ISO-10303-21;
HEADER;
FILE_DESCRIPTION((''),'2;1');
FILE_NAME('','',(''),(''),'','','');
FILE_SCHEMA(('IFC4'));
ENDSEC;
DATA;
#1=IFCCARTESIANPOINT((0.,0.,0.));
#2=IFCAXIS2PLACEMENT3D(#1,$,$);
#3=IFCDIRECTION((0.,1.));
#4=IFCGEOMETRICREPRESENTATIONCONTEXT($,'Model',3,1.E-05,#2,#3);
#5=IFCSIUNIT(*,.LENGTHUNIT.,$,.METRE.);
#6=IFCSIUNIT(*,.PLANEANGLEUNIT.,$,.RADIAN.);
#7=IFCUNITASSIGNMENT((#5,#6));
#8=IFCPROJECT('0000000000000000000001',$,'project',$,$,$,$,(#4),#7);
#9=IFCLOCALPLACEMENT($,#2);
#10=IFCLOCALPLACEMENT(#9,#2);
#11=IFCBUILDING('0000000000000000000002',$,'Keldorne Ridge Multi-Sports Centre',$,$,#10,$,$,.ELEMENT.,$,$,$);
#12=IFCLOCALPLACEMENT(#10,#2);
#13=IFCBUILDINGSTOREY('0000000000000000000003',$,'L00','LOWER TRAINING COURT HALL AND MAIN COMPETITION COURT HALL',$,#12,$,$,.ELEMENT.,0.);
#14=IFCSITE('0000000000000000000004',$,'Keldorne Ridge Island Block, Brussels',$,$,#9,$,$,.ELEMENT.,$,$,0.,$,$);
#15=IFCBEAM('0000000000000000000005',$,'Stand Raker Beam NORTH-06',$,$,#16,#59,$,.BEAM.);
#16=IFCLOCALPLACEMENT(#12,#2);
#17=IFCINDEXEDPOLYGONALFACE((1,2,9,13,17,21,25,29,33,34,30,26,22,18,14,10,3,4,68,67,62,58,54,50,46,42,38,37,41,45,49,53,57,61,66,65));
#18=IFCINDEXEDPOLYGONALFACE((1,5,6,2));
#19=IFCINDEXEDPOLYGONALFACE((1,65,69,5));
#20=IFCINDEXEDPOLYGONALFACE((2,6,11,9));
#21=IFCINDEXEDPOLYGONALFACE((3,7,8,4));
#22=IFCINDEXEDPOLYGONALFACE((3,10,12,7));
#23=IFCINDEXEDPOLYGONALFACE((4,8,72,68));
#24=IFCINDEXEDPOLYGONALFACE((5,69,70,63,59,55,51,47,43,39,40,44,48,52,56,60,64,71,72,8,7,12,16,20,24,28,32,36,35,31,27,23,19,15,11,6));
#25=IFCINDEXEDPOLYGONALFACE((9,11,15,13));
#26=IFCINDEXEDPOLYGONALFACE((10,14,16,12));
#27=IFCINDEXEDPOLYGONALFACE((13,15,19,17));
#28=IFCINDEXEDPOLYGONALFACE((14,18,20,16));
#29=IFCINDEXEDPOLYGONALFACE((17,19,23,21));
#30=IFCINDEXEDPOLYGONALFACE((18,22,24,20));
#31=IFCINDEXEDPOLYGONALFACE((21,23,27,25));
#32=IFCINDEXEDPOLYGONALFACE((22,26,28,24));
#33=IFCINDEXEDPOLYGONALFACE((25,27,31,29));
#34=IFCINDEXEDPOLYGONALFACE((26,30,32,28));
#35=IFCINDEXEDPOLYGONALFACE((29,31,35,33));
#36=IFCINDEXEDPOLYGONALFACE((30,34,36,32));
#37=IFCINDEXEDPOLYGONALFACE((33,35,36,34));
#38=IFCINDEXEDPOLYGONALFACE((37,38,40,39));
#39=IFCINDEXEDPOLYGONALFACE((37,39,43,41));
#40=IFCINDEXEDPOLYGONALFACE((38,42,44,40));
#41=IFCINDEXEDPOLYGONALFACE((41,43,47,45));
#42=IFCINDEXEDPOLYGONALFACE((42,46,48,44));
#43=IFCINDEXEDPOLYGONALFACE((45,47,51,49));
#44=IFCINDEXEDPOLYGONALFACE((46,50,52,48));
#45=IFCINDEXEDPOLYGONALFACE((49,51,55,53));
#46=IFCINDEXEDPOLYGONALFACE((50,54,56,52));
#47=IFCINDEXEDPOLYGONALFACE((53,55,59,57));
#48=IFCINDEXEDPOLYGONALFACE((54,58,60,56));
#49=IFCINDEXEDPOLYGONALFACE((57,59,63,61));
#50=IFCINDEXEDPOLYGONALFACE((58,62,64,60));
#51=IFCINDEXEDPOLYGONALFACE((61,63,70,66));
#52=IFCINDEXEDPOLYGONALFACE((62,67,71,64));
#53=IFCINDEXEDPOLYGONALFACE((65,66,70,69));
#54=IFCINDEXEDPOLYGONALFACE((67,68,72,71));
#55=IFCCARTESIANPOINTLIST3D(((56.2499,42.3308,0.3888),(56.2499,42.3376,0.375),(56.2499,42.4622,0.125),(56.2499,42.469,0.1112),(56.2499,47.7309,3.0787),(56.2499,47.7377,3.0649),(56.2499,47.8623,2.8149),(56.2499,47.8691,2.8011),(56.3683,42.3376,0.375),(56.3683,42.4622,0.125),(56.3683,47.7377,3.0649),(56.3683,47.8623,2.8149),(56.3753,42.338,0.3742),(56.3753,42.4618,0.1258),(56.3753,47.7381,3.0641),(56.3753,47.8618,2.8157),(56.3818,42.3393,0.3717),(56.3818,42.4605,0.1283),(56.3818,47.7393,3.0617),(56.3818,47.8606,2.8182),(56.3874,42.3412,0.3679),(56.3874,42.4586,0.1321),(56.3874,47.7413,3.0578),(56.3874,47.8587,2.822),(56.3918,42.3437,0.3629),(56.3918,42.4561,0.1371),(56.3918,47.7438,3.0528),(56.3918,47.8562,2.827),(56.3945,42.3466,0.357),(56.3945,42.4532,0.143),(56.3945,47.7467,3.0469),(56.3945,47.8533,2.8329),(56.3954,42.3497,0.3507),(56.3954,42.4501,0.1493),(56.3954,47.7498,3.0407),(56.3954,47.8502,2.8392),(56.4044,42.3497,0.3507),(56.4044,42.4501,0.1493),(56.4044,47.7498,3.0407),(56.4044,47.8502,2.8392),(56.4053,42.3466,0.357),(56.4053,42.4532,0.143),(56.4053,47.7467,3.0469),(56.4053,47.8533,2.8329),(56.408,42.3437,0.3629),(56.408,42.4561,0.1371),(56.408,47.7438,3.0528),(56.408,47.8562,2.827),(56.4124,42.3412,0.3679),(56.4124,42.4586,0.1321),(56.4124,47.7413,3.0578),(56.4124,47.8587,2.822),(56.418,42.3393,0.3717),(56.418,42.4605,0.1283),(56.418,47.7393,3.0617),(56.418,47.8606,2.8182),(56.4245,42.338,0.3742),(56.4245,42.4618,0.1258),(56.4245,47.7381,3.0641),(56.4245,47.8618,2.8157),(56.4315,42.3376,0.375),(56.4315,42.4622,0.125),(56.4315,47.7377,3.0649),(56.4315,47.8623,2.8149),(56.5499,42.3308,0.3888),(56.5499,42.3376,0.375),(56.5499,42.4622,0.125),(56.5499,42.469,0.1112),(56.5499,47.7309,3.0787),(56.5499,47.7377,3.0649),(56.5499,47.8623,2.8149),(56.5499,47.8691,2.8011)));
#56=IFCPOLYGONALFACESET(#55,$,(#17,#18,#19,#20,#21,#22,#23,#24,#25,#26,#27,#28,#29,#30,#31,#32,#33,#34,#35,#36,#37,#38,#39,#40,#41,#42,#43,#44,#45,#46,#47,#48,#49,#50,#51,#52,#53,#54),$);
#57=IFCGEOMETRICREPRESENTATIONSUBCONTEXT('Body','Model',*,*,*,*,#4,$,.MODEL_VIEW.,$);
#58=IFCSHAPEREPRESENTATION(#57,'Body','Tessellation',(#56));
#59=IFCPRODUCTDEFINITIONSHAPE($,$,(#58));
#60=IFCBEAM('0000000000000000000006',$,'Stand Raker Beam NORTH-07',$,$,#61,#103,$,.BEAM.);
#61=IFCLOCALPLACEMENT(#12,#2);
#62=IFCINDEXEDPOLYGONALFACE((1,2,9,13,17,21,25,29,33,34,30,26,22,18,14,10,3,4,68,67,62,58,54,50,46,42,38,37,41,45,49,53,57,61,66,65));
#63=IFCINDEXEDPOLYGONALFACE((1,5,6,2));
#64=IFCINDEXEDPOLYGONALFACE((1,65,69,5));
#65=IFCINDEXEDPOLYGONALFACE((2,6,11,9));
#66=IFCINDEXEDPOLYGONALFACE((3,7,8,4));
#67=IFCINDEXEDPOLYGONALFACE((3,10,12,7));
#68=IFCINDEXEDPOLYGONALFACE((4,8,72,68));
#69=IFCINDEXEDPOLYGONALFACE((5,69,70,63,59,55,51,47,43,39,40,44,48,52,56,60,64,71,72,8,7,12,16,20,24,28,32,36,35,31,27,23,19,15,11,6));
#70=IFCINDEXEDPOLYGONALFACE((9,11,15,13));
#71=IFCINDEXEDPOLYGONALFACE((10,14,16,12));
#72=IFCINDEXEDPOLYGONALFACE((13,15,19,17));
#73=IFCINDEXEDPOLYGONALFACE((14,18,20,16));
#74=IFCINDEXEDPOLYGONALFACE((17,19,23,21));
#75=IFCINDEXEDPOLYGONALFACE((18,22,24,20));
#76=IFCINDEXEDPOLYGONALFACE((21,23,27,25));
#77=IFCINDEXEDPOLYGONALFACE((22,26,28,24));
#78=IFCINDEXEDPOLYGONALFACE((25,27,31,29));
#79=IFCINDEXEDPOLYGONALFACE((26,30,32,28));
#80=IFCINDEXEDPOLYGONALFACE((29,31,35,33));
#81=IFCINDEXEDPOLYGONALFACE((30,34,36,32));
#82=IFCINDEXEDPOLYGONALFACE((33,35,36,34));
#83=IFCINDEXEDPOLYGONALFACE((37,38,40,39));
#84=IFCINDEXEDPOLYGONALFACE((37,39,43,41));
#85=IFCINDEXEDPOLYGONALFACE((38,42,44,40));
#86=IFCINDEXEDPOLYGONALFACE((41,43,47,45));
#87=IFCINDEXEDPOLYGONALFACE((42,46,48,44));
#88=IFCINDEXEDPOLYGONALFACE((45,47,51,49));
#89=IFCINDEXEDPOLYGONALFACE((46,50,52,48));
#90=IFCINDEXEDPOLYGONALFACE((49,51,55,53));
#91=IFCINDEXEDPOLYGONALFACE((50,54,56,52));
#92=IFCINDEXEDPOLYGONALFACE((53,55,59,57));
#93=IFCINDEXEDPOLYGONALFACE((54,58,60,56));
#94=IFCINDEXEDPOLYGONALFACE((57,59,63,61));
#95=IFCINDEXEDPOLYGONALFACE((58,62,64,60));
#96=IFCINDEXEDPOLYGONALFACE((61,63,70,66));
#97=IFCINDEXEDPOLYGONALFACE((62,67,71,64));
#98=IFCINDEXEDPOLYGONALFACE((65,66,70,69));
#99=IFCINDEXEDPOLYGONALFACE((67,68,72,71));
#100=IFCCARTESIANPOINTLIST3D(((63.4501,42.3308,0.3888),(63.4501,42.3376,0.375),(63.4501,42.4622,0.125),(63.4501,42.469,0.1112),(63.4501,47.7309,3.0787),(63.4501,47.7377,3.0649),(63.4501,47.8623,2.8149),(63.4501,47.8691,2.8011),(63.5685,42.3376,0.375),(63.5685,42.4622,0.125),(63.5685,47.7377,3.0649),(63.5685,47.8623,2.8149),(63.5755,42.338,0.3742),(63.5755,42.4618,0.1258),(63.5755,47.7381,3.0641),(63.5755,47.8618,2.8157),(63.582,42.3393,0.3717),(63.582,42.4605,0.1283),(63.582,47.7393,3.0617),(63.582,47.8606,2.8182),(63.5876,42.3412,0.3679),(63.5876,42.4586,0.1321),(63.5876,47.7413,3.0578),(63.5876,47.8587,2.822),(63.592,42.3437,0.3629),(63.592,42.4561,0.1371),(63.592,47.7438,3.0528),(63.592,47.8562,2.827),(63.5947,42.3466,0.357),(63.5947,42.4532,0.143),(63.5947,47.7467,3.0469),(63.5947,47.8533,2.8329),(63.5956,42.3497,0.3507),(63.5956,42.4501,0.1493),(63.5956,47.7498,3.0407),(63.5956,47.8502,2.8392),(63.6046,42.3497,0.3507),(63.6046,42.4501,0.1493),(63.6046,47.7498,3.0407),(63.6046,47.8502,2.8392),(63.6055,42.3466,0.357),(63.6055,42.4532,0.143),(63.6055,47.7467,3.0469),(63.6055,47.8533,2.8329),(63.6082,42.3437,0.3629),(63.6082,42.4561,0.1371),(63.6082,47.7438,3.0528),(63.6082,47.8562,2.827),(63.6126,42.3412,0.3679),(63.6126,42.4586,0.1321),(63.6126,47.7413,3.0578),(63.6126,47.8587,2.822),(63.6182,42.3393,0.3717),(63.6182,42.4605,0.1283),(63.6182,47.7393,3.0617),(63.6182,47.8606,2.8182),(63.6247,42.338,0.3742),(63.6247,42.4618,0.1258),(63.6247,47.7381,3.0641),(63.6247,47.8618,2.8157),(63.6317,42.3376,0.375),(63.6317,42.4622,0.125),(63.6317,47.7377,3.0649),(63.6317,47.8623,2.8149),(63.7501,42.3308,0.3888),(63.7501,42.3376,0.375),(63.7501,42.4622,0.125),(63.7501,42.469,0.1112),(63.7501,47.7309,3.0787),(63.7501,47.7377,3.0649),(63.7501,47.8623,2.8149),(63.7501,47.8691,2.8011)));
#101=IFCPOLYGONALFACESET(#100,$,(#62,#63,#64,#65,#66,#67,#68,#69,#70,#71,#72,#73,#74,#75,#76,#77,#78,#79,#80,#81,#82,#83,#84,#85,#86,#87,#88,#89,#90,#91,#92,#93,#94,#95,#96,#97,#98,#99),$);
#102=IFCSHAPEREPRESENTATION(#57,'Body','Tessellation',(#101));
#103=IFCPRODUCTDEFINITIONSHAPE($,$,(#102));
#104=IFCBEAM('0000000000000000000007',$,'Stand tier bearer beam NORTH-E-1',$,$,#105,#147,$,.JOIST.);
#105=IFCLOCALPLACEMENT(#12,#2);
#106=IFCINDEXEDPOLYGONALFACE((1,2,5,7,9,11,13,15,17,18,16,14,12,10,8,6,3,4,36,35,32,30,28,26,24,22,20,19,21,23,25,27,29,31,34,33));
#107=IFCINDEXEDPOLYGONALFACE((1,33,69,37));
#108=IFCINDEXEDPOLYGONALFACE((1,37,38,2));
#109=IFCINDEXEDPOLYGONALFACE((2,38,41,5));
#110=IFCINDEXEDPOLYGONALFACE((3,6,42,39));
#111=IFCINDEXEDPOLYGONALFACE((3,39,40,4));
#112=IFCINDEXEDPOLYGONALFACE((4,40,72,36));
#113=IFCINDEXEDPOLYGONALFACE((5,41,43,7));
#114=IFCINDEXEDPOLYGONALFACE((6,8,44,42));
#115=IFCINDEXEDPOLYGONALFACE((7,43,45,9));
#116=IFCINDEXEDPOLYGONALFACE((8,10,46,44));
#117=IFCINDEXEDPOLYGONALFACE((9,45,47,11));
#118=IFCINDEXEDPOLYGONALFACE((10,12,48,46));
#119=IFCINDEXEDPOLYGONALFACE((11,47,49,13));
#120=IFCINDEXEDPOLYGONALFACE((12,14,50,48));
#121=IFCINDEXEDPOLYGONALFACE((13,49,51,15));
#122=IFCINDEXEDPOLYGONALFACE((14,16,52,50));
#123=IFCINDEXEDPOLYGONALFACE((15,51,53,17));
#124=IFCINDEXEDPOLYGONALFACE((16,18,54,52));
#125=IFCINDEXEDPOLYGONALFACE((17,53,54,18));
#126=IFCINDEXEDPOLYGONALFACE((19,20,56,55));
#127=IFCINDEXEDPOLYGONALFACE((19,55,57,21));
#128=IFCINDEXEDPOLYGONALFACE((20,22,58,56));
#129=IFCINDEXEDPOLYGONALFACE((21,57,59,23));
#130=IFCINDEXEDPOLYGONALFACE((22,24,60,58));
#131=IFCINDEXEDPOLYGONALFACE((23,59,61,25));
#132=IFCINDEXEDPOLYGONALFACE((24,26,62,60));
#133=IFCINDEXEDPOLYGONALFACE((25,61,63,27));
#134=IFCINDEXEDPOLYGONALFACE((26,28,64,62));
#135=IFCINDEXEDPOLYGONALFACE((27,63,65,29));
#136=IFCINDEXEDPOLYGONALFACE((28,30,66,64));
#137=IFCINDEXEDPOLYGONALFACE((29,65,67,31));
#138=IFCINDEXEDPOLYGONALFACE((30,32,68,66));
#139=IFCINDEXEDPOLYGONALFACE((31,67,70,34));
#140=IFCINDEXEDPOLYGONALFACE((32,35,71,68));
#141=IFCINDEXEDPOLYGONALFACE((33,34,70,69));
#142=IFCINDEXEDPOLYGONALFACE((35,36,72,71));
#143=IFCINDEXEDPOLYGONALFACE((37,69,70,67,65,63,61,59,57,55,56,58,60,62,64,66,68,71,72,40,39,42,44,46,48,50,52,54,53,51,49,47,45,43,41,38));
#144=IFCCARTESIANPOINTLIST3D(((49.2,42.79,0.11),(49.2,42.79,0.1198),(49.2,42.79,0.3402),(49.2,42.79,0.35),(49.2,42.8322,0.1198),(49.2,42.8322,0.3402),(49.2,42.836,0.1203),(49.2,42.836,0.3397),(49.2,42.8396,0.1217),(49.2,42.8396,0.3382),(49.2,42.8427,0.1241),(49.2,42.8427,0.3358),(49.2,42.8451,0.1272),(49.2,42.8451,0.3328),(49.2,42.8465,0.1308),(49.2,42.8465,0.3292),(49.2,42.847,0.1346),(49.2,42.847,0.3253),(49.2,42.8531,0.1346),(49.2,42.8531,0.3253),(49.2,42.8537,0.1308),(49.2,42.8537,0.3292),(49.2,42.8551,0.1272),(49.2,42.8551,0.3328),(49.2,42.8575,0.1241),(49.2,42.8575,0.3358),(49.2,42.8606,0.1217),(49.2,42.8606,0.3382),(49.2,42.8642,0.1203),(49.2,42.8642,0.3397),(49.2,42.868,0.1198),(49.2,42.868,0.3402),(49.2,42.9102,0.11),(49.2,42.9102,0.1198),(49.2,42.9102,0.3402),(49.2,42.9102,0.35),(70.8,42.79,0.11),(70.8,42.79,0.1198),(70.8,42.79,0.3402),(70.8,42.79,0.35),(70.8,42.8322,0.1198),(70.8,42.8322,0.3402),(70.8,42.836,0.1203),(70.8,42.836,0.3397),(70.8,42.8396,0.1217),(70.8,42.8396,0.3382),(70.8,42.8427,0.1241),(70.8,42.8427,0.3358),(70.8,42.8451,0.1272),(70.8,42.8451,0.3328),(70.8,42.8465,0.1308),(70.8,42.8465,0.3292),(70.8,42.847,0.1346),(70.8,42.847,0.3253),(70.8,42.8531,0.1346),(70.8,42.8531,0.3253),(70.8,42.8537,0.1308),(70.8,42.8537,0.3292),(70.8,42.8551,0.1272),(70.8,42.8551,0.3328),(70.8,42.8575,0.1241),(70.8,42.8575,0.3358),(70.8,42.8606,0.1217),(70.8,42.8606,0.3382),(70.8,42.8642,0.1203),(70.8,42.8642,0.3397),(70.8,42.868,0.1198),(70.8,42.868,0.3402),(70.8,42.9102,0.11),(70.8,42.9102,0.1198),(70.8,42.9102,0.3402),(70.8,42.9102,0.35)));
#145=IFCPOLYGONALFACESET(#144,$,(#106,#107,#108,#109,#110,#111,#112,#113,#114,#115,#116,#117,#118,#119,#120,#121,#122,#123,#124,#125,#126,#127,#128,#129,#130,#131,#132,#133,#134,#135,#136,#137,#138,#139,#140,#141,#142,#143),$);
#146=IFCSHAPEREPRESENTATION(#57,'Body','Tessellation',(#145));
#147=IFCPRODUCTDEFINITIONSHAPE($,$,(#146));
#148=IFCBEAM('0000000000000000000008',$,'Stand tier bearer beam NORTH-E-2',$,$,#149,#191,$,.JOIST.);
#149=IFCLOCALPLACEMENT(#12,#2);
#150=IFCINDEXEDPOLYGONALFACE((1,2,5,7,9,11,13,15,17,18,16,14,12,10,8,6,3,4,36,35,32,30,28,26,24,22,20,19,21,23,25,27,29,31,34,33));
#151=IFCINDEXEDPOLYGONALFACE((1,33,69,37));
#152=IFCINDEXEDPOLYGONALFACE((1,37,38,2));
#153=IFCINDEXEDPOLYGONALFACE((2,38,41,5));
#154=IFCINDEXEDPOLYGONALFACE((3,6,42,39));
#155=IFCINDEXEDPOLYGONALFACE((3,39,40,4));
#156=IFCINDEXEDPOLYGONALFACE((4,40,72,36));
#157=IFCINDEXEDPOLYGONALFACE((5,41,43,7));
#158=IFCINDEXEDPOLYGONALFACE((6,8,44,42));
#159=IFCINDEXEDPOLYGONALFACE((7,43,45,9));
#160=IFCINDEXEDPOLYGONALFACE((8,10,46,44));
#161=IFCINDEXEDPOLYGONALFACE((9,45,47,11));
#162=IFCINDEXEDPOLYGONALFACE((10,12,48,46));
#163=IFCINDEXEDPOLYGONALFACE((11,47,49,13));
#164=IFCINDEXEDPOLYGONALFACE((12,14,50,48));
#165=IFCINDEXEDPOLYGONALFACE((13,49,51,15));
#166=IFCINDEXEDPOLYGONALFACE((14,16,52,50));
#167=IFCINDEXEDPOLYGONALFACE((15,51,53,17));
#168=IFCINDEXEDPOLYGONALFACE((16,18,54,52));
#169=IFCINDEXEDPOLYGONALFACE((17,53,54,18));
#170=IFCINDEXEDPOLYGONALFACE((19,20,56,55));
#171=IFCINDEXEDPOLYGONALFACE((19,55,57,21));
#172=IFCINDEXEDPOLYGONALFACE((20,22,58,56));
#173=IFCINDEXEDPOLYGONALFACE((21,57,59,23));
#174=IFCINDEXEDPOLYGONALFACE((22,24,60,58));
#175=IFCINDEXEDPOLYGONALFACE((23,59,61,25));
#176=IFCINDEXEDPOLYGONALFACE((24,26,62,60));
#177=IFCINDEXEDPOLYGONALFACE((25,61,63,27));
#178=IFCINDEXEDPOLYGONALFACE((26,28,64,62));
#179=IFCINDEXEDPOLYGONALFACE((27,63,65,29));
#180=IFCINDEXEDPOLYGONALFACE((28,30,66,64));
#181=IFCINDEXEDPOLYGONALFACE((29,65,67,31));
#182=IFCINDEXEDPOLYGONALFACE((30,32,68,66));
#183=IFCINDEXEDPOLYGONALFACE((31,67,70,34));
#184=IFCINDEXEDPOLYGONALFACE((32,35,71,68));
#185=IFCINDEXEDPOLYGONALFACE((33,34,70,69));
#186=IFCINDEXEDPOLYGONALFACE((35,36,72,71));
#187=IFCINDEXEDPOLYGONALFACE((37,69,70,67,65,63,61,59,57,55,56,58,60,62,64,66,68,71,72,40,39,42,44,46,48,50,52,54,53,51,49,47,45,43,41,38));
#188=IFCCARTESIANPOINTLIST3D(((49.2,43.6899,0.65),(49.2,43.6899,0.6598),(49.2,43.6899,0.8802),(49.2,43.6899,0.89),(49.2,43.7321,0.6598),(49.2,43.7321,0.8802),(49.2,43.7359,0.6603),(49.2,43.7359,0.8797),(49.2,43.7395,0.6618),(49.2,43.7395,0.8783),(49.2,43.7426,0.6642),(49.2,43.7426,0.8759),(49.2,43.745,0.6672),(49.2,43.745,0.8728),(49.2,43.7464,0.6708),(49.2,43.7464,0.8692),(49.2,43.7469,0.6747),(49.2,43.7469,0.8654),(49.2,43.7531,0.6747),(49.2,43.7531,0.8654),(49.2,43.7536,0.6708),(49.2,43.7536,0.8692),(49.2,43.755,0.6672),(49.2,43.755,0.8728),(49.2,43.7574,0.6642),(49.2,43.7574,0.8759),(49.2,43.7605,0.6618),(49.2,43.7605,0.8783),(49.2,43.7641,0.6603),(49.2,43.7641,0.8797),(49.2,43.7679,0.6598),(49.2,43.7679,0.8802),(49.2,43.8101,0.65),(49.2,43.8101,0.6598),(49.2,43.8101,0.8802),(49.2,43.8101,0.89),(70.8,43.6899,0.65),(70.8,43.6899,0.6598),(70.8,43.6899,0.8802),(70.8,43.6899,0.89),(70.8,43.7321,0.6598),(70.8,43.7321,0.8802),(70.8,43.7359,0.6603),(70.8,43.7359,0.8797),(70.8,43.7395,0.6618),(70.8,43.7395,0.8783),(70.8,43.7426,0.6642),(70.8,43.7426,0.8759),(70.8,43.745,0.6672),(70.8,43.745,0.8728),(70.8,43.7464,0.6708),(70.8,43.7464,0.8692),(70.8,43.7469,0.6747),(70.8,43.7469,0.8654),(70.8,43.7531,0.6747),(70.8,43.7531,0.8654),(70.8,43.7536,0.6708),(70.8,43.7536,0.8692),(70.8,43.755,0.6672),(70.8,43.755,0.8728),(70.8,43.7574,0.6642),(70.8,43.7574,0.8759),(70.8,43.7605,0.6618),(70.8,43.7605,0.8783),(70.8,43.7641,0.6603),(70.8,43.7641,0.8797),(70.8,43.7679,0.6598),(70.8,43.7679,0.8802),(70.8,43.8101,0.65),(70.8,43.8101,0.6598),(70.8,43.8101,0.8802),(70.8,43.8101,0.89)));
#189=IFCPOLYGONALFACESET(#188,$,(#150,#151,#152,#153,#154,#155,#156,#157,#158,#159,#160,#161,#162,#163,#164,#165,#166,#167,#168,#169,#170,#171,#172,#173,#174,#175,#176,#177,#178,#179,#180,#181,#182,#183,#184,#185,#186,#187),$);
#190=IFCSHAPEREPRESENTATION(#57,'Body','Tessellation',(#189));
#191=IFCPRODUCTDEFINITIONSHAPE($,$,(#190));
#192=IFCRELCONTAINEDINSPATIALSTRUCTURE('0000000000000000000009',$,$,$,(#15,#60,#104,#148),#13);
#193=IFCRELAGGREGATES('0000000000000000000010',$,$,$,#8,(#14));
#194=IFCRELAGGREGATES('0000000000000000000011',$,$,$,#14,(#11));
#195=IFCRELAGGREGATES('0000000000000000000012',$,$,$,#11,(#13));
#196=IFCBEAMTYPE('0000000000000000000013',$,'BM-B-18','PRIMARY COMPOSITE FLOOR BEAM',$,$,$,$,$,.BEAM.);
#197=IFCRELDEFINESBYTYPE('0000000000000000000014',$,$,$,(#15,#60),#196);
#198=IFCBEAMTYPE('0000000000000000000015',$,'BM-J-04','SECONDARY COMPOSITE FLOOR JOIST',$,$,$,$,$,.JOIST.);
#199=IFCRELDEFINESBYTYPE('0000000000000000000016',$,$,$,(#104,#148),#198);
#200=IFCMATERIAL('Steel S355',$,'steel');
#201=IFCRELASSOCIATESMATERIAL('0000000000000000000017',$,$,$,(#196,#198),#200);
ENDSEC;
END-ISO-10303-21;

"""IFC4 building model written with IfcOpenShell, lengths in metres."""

from ifc_helpers import new_model, si_unit, direction, frame, origin, origin_2d, place, context, subcontext, project, spatial, i_section, extrude, material, material_profile, profile_set, type_object, element, save


model = new_model("IFC4")

# Units and contexts
model_context = context("Model", 3, precision=1e-05, world=origin(), true_north=direction((0.0, 1.0)))
body_context = subcontext(model_context, "Body", "Model", "MODEL_VIEW")
ifc_project = project(units=[si_unit("LENGTHUNIT", "METRE"), si_unit("PLANEANGLEUNIT", "RADIAN")], contexts=[model_context])

# Site, building, storey
site_placement = place(None, origin())
site = spatial("IfcSite", under=ifc_project, at=site_placement, Name="Keldorne Ridge Island Block, Brussels", CompositionType="ELEMENT", RefElevation=0.0)
building_placement = place(site_placement, origin())
building = spatial("IfcBuilding", under=site, at=building_placement, Name="Keldorne Ridge Multi-Sports Centre", CompositionType="ELEMENT")
storey_placement = place(building_placement, origin())
storey = spatial("IfcBuildingStorey", under=building, at=storey_placement, Name="L00", Description="LOWER TRAINING COURT HALL AND MAIN COMPETITION COURT HALL", CompositionType="ELEMENT", Elevation=0.0)

# Shared definitions
ifc_material_1 = material(Name="Steel S355", Category="steel")

# Beams
ifc_material_profile_1 = material_profile(ifc_material_1, i_section(OverallWidth=0.3, OverallDepth=0.3101, WebThickness=0.009, FlangeThickness=0.0154, FilletRadius=0.0271, at=origin_2d()), Name="HEA 320")
ifc_profile_set_1 = profile_set([ifc_material_profile_1], Name="Steel S355")
beam_type_1 = type_object("IfcBeamType", Name="BM-B-18", Description="PRIMARY COMPOSITE FLOOR BEAM", PredefinedType="BEAM", material=ifc_profile_set_1)
for number, where, z_axis, x_axis, name in (
    (1, (56.3999, 42.3999, 0.25), (0.0, 0.895098, 0.44587), (-1.0, 0.0, 0.0), "Stand Raker Beam NORTH-06"),
    (2, (63.6001, 42.3999, 0.25), (0.0, 0.895098, 0.44587), (-1.0, 0.0, 0.0), "Stand Raker Beam NORTH-07"),
):
    element("IfcBeam", number, at=place(storey_placement, frame(where, z_axis=z_axis, x_axis=x_axis)), inside=storey, type_object=beam_type_1, Name=name, PredefinedType="BEAM", context=body_context, shape_type="SweptSolid", body=[
        extrude(i_section(OverallWidth=0.3, OverallDepth=0.3101, WebThickness=0.009, FlangeThickness=0.0154, FilletRadius=0.0271, at=origin_2d()), origin(), (0.0, 0.0, 1.0), 6.033),
    ])
ifc_material_profile_2 = material_profile(ifc_material_1, i_section(OverallWidth=0.1201, OverallDepth=0.24, WebThickness=0.0061, FlangeThickness=0.0098, FilletRadius=0.0149, at=origin_2d()), Name="IPE 240")
ifc_profile_set_2 = profile_set([ifc_material_profile_2], Name="Steel S355")
beam_type_2 = type_object("IfcBeamType", Name="BM-J-04", Description="SECONDARY COMPOSITE FLOOR JOIST", PredefinedType="JOIST", material=ifc_profile_set_2)
for number, where, z_axis, x_axis, name in (
    (3, (49.2, 42.8501, 0.23), (1.0, 0.0, 0.0), (0.0, 1.0, 0.0), "Stand tier bearer beam NORTH-E-1"),
    (4, (49.2, 43.75, 0.77), (1.0, 0.0, 0.0), (0.0, 1.0, 0.0), "Stand tier bearer beam NORTH-E-2"),
):
    element("IfcBeam", number, at=place(storey_placement, frame(where, z_axis=z_axis, x_axis=x_axis)), inside=storey, type_object=beam_type_2, Name=name, PredefinedType="JOIST", context=body_context, shape_type="SweptSolid", body=[
        extrude(i_section(OverallWidth=0.1201, OverallDepth=0.24, WebThickness=0.0061, FlangeThickness=0.0098, FilletRadius=0.0149, at=origin_2d()), origin(), (0.0, 0.0, 1.0), 21.6001),
    ])

save(model, "model.ifc")
